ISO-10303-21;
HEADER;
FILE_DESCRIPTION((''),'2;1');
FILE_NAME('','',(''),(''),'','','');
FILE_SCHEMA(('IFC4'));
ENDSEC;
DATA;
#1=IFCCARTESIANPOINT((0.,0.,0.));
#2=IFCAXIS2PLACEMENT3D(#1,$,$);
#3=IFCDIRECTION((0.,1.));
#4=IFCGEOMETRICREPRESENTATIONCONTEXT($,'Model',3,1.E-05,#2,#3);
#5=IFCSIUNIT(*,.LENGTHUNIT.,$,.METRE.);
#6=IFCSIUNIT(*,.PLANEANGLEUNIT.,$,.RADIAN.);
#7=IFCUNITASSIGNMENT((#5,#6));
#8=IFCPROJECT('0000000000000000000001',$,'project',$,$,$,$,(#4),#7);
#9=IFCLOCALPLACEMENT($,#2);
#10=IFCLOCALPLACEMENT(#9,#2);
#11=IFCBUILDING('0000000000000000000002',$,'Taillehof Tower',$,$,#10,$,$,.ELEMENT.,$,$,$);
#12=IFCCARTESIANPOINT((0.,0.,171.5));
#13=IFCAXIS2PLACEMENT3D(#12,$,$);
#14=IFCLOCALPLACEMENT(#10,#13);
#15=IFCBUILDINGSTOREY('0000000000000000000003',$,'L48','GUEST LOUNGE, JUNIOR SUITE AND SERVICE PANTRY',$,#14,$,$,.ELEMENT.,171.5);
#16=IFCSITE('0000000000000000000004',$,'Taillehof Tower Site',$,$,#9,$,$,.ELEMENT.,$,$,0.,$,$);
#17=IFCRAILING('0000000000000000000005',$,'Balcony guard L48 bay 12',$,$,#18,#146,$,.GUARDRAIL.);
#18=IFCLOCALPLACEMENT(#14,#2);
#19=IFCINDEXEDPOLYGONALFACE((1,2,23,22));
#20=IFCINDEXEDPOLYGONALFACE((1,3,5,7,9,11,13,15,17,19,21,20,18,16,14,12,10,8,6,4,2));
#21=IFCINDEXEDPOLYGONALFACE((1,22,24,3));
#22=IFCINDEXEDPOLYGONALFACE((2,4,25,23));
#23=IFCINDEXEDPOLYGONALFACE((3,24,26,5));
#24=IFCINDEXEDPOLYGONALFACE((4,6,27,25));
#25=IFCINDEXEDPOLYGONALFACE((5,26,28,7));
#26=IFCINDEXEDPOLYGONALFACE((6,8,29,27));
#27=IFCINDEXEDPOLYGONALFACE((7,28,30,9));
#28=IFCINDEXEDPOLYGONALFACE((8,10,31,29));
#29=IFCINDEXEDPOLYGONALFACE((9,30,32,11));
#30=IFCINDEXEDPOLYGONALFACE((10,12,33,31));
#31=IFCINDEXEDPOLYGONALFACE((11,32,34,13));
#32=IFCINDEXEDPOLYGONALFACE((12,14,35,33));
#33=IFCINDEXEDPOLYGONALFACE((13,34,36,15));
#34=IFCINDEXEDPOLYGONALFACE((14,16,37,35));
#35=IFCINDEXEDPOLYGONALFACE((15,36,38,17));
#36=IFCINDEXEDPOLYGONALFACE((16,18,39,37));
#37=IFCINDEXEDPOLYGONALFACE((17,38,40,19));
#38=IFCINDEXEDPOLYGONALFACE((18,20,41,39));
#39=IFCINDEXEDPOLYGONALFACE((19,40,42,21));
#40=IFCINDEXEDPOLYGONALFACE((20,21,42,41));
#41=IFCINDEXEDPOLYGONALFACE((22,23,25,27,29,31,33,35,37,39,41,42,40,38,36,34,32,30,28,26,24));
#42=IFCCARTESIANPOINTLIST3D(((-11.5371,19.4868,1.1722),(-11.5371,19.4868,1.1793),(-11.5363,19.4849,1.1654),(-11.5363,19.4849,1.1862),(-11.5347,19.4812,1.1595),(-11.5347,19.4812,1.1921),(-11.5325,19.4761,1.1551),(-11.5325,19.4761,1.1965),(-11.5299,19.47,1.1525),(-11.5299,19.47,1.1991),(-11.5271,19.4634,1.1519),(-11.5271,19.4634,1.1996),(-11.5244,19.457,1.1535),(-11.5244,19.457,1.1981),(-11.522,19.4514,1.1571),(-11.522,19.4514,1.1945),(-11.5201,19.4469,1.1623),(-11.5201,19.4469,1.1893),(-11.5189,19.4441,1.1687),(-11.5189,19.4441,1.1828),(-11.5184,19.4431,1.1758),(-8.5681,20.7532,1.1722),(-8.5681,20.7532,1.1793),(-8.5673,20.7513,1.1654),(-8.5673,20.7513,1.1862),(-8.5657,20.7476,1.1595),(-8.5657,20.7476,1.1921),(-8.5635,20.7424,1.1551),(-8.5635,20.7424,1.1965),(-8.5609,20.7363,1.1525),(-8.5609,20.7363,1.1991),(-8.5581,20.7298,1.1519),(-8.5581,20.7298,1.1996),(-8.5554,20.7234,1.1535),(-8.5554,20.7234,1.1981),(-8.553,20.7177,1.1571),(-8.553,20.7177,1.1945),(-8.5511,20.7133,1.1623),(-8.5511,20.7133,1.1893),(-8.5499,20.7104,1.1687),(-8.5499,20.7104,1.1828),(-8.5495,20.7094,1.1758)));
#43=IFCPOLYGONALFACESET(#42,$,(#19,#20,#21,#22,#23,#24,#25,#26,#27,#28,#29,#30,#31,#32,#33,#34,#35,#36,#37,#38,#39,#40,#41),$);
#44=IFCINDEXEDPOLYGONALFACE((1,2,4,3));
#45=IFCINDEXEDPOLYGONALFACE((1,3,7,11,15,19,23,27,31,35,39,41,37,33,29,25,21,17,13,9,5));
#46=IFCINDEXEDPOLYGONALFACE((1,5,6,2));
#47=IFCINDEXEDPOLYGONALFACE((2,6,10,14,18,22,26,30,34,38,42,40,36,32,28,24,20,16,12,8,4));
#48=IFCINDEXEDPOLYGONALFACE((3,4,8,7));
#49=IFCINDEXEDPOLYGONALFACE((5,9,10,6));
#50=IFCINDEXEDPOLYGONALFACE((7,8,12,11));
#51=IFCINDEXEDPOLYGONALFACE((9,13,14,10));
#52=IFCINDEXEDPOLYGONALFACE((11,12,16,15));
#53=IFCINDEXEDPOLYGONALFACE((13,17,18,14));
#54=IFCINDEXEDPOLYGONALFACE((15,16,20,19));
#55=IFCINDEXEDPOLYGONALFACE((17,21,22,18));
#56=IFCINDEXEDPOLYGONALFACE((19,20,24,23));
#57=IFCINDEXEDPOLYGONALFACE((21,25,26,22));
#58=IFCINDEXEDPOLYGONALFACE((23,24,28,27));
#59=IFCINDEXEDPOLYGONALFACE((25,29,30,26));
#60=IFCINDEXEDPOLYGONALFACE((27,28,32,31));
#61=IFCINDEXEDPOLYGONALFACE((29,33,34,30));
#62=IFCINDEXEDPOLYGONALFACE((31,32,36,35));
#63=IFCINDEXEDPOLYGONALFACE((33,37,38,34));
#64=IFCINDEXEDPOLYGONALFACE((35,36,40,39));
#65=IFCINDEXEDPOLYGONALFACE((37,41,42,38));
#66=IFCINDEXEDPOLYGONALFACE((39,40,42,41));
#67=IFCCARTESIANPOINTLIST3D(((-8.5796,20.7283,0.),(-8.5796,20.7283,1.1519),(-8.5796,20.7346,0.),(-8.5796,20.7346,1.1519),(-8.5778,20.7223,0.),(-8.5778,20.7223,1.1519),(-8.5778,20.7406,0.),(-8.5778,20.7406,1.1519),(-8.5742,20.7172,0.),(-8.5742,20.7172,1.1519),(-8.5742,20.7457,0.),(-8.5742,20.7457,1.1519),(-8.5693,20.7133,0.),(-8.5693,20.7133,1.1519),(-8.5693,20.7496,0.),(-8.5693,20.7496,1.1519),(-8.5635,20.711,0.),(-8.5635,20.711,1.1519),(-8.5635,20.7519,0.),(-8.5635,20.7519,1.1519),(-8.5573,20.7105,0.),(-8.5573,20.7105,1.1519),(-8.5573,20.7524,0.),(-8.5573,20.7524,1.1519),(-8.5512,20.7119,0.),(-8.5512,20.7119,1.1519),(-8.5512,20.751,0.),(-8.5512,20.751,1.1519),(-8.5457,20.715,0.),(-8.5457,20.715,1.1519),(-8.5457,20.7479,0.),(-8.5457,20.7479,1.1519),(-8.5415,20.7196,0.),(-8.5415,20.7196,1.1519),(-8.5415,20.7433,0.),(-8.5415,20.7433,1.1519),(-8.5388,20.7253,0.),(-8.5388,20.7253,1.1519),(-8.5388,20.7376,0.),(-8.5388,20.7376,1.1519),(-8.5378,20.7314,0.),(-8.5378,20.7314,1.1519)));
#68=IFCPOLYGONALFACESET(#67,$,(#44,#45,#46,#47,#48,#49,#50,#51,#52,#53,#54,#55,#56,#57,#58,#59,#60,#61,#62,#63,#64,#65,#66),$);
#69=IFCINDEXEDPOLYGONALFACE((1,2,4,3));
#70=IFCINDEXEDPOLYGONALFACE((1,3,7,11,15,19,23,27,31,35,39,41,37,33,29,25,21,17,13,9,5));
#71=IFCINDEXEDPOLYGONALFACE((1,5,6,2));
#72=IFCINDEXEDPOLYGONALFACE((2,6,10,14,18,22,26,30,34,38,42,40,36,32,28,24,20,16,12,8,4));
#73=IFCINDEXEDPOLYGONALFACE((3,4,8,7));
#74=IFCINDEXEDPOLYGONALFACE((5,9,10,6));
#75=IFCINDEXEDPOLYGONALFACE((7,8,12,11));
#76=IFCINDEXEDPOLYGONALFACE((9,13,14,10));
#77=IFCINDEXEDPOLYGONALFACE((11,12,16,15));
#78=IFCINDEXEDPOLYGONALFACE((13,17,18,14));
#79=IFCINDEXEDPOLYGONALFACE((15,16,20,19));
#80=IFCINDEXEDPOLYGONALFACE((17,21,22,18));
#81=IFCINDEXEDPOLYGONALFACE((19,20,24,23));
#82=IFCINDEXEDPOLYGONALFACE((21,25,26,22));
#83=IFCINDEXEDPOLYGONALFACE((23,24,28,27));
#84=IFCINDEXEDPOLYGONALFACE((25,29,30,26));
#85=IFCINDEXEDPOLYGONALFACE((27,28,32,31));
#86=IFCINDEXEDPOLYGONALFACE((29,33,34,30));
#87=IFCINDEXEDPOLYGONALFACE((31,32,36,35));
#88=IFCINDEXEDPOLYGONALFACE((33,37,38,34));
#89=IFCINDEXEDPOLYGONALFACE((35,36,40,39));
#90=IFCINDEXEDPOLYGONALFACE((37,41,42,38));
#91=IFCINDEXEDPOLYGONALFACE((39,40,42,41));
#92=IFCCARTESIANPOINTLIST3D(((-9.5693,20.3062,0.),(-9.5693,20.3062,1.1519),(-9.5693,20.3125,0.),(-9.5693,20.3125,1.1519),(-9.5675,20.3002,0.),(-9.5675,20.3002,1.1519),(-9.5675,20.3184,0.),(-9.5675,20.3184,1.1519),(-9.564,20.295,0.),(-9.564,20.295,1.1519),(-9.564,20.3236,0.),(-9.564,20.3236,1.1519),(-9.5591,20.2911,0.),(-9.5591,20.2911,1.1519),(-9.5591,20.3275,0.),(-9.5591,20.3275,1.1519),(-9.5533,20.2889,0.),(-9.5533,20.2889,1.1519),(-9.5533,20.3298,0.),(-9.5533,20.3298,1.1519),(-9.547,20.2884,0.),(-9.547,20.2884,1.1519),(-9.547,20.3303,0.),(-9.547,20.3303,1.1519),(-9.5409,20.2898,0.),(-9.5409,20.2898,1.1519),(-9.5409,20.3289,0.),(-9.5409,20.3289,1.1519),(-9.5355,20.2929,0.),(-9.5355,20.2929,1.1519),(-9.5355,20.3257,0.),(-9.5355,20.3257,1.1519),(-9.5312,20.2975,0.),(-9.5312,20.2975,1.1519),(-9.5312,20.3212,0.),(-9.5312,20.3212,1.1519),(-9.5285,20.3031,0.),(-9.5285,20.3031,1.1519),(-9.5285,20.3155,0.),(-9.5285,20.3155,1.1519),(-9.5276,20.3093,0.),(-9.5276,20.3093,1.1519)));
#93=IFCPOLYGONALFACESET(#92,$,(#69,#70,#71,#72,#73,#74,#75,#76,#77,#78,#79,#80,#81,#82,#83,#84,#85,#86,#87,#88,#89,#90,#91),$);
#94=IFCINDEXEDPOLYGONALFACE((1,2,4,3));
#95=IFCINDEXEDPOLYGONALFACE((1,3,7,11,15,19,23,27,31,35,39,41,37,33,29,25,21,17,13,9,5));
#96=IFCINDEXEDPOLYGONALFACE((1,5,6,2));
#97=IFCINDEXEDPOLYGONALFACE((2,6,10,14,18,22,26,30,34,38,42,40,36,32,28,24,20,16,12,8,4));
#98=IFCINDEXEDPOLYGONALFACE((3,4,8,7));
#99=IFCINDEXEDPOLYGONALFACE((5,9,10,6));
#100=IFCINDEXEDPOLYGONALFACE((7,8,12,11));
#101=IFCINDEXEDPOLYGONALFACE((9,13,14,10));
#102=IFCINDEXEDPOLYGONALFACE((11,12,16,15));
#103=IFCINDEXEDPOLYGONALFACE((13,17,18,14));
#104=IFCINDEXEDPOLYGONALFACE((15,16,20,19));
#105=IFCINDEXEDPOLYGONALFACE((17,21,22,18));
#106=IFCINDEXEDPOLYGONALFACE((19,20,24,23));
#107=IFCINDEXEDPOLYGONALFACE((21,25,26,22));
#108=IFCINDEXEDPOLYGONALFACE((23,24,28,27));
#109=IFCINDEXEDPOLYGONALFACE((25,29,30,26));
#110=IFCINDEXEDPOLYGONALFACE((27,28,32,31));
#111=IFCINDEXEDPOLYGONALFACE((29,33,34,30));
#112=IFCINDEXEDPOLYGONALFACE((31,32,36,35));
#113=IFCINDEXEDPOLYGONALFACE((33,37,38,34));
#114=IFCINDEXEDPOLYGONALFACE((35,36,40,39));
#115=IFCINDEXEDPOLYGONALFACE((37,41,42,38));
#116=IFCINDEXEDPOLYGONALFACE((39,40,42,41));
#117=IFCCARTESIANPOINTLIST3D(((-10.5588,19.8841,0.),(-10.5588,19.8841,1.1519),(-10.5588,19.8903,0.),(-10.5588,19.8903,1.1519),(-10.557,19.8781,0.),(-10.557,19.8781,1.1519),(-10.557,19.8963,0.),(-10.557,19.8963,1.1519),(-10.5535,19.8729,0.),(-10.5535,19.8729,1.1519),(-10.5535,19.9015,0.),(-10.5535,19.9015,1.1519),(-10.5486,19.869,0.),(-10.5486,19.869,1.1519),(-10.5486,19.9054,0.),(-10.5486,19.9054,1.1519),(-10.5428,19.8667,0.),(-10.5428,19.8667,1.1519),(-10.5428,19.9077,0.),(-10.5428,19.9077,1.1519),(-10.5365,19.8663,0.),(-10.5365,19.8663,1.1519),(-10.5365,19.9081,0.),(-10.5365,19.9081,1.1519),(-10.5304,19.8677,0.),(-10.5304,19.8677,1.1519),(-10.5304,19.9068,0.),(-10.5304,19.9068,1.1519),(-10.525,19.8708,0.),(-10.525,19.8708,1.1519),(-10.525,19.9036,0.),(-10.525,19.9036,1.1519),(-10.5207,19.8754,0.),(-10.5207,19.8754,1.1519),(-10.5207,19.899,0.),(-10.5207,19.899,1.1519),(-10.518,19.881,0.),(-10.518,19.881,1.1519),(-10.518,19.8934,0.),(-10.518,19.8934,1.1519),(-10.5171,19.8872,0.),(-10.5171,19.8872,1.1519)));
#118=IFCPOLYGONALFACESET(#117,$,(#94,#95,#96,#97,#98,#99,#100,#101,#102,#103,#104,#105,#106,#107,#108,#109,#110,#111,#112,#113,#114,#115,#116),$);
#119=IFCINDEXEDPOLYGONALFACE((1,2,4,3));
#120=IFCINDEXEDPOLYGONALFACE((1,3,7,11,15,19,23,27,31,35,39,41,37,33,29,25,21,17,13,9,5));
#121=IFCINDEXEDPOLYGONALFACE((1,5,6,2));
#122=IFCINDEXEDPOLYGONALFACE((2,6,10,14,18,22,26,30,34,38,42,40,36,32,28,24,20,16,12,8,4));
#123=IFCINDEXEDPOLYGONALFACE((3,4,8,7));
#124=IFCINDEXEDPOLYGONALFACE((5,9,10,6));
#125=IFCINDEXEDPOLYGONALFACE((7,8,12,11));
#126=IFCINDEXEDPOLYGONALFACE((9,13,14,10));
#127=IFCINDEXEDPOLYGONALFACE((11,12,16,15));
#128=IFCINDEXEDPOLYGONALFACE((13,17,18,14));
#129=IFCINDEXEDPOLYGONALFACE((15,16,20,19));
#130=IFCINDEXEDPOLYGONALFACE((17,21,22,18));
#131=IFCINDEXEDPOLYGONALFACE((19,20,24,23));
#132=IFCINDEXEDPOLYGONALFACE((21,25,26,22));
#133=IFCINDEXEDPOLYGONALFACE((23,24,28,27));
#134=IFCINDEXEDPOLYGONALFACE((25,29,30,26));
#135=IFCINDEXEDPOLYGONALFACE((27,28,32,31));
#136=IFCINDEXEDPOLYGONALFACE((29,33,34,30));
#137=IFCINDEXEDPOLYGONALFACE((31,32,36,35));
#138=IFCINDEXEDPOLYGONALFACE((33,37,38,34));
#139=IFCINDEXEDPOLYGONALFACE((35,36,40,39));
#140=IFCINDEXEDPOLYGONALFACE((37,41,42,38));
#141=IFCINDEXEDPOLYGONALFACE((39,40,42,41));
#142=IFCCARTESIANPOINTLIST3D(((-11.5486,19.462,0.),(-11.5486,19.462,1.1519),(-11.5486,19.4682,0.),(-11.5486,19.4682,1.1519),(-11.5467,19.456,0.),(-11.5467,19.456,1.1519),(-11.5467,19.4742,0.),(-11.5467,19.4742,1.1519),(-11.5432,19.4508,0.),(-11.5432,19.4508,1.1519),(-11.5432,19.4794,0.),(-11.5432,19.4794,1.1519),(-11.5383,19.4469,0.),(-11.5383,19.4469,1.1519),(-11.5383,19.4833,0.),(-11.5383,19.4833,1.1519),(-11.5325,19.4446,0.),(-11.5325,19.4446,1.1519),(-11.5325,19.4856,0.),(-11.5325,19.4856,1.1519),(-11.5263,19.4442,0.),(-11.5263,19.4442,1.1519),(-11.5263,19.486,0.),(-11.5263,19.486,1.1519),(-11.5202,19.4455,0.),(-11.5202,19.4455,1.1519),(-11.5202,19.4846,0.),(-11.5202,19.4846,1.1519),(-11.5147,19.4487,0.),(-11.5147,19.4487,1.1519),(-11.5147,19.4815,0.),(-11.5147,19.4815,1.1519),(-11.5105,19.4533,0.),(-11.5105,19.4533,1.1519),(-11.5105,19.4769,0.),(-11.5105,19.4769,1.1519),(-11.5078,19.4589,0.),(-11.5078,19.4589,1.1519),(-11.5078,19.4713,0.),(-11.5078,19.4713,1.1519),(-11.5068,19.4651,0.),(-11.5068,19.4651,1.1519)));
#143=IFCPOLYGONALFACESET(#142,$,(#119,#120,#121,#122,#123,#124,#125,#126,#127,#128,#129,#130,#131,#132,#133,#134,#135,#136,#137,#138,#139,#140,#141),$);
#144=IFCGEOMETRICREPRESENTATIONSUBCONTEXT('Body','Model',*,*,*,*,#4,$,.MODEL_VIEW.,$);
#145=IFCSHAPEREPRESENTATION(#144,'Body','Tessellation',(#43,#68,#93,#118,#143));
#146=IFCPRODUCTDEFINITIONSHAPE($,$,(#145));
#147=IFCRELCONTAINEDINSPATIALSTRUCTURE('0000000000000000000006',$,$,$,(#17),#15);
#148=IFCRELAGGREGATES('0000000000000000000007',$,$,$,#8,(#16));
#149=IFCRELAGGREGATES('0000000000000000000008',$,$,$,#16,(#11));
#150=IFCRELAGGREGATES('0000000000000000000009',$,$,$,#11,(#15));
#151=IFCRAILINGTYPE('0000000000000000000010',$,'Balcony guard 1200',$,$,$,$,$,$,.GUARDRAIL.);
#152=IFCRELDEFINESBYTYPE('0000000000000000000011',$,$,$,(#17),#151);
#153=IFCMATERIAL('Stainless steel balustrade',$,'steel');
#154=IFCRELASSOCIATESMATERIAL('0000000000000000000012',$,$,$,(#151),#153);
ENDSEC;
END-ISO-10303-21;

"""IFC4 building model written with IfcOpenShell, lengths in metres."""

from ifc_helpers import new_model, si_unit, direction, frame, origin, origin_2d, place, context, subcontext, project, spatial, circle, extrude, material, type_object, element, save


model = new_model("IFC4")

# Units and contexts
model_context = context("Model", 3, precision=1e-05, world=origin(), true_north=direction((0.0, 1.0)))
body_context = subcontext(model_context, "Body", "Model", "MODEL_VIEW")
ifc_project = project(units=[si_unit("LENGTHUNIT", "METRE"), si_unit("PLANEANGLEUNIT", "RADIAN")], contexts=[model_context])

# Site, building, storey
site_placement = place(None, origin())
site = spatial("IfcSite", under=ifc_project, at=site_placement, Name="Taillehof Tower Site", CompositionType="ELEMENT", RefElevation=0.0)
building_placement = place(site_placement, origin())
building = spatial("IfcBuilding", under=site, at=building_placement, Name="Taillehof Tower", CompositionType="ELEMENT")
storey_placement = place(building_placement, frame((0.0, 0.0, 171.5)))
storey = spatial("IfcBuildingStorey", under=building, at=storey_placement, Name="L48", Description="GUEST LOUNGE, JUNIOR SUITE AND SERVICE PANTRY", CompositionType="ELEMENT", Elevation=171.5)

# Railing
ifc_material_1 = material(Name="Stainless steel balustrade", Category="steel")
railing_type = type_object("IfcRailingType", Name="Balcony guard 1200", PredefinedType="GUARDRAIL", material=ifc_material_1)
railing_placement = place(storey_placement, frame((-8.5588, 20.7314, 0.0)))
element("IfcRailing", 1, at=railing_placement, inside=storey, type_object=railing_type, Name="Balcony guard L48 bay 12", PredefinedType="GUARDRAIL", context=body_context, shape_type="SweptSolid", body=[
    extrude(circle(Radius=0.0239, at=origin_2d()), frame((0.0, 0.0, 1.1758), z_axis=(-0.919824, -0.39233, 0.0), x_axis=(0.39233, -0.919824, 0.0)), (0.0, 0.0, 1.0), 3.2278),
    extrude(circle(Radius=0.021, at=origin_2d()), origin(), (0.0, 0.0, 1.0), 1.1519),
    extrude(circle(Radius=0.021, at=origin_2d()), frame((-0.9897, -0.4221, 0.0)), (0.0, 0.0, 1.0), 1.1519),
    extrude(circle(Radius=0.021, at=origin_2d()), frame((-1.9792, -0.8442, 0.0)), (0.0, 0.0, 1.0), 1.1519),
    extrude(circle(Radius=0.021, at=origin_2d()), frame((-2.969, -1.2664, 0.0)), (0.0, 0.0, 1.0), 1.1519),
])

save(model, "model.ifc")
